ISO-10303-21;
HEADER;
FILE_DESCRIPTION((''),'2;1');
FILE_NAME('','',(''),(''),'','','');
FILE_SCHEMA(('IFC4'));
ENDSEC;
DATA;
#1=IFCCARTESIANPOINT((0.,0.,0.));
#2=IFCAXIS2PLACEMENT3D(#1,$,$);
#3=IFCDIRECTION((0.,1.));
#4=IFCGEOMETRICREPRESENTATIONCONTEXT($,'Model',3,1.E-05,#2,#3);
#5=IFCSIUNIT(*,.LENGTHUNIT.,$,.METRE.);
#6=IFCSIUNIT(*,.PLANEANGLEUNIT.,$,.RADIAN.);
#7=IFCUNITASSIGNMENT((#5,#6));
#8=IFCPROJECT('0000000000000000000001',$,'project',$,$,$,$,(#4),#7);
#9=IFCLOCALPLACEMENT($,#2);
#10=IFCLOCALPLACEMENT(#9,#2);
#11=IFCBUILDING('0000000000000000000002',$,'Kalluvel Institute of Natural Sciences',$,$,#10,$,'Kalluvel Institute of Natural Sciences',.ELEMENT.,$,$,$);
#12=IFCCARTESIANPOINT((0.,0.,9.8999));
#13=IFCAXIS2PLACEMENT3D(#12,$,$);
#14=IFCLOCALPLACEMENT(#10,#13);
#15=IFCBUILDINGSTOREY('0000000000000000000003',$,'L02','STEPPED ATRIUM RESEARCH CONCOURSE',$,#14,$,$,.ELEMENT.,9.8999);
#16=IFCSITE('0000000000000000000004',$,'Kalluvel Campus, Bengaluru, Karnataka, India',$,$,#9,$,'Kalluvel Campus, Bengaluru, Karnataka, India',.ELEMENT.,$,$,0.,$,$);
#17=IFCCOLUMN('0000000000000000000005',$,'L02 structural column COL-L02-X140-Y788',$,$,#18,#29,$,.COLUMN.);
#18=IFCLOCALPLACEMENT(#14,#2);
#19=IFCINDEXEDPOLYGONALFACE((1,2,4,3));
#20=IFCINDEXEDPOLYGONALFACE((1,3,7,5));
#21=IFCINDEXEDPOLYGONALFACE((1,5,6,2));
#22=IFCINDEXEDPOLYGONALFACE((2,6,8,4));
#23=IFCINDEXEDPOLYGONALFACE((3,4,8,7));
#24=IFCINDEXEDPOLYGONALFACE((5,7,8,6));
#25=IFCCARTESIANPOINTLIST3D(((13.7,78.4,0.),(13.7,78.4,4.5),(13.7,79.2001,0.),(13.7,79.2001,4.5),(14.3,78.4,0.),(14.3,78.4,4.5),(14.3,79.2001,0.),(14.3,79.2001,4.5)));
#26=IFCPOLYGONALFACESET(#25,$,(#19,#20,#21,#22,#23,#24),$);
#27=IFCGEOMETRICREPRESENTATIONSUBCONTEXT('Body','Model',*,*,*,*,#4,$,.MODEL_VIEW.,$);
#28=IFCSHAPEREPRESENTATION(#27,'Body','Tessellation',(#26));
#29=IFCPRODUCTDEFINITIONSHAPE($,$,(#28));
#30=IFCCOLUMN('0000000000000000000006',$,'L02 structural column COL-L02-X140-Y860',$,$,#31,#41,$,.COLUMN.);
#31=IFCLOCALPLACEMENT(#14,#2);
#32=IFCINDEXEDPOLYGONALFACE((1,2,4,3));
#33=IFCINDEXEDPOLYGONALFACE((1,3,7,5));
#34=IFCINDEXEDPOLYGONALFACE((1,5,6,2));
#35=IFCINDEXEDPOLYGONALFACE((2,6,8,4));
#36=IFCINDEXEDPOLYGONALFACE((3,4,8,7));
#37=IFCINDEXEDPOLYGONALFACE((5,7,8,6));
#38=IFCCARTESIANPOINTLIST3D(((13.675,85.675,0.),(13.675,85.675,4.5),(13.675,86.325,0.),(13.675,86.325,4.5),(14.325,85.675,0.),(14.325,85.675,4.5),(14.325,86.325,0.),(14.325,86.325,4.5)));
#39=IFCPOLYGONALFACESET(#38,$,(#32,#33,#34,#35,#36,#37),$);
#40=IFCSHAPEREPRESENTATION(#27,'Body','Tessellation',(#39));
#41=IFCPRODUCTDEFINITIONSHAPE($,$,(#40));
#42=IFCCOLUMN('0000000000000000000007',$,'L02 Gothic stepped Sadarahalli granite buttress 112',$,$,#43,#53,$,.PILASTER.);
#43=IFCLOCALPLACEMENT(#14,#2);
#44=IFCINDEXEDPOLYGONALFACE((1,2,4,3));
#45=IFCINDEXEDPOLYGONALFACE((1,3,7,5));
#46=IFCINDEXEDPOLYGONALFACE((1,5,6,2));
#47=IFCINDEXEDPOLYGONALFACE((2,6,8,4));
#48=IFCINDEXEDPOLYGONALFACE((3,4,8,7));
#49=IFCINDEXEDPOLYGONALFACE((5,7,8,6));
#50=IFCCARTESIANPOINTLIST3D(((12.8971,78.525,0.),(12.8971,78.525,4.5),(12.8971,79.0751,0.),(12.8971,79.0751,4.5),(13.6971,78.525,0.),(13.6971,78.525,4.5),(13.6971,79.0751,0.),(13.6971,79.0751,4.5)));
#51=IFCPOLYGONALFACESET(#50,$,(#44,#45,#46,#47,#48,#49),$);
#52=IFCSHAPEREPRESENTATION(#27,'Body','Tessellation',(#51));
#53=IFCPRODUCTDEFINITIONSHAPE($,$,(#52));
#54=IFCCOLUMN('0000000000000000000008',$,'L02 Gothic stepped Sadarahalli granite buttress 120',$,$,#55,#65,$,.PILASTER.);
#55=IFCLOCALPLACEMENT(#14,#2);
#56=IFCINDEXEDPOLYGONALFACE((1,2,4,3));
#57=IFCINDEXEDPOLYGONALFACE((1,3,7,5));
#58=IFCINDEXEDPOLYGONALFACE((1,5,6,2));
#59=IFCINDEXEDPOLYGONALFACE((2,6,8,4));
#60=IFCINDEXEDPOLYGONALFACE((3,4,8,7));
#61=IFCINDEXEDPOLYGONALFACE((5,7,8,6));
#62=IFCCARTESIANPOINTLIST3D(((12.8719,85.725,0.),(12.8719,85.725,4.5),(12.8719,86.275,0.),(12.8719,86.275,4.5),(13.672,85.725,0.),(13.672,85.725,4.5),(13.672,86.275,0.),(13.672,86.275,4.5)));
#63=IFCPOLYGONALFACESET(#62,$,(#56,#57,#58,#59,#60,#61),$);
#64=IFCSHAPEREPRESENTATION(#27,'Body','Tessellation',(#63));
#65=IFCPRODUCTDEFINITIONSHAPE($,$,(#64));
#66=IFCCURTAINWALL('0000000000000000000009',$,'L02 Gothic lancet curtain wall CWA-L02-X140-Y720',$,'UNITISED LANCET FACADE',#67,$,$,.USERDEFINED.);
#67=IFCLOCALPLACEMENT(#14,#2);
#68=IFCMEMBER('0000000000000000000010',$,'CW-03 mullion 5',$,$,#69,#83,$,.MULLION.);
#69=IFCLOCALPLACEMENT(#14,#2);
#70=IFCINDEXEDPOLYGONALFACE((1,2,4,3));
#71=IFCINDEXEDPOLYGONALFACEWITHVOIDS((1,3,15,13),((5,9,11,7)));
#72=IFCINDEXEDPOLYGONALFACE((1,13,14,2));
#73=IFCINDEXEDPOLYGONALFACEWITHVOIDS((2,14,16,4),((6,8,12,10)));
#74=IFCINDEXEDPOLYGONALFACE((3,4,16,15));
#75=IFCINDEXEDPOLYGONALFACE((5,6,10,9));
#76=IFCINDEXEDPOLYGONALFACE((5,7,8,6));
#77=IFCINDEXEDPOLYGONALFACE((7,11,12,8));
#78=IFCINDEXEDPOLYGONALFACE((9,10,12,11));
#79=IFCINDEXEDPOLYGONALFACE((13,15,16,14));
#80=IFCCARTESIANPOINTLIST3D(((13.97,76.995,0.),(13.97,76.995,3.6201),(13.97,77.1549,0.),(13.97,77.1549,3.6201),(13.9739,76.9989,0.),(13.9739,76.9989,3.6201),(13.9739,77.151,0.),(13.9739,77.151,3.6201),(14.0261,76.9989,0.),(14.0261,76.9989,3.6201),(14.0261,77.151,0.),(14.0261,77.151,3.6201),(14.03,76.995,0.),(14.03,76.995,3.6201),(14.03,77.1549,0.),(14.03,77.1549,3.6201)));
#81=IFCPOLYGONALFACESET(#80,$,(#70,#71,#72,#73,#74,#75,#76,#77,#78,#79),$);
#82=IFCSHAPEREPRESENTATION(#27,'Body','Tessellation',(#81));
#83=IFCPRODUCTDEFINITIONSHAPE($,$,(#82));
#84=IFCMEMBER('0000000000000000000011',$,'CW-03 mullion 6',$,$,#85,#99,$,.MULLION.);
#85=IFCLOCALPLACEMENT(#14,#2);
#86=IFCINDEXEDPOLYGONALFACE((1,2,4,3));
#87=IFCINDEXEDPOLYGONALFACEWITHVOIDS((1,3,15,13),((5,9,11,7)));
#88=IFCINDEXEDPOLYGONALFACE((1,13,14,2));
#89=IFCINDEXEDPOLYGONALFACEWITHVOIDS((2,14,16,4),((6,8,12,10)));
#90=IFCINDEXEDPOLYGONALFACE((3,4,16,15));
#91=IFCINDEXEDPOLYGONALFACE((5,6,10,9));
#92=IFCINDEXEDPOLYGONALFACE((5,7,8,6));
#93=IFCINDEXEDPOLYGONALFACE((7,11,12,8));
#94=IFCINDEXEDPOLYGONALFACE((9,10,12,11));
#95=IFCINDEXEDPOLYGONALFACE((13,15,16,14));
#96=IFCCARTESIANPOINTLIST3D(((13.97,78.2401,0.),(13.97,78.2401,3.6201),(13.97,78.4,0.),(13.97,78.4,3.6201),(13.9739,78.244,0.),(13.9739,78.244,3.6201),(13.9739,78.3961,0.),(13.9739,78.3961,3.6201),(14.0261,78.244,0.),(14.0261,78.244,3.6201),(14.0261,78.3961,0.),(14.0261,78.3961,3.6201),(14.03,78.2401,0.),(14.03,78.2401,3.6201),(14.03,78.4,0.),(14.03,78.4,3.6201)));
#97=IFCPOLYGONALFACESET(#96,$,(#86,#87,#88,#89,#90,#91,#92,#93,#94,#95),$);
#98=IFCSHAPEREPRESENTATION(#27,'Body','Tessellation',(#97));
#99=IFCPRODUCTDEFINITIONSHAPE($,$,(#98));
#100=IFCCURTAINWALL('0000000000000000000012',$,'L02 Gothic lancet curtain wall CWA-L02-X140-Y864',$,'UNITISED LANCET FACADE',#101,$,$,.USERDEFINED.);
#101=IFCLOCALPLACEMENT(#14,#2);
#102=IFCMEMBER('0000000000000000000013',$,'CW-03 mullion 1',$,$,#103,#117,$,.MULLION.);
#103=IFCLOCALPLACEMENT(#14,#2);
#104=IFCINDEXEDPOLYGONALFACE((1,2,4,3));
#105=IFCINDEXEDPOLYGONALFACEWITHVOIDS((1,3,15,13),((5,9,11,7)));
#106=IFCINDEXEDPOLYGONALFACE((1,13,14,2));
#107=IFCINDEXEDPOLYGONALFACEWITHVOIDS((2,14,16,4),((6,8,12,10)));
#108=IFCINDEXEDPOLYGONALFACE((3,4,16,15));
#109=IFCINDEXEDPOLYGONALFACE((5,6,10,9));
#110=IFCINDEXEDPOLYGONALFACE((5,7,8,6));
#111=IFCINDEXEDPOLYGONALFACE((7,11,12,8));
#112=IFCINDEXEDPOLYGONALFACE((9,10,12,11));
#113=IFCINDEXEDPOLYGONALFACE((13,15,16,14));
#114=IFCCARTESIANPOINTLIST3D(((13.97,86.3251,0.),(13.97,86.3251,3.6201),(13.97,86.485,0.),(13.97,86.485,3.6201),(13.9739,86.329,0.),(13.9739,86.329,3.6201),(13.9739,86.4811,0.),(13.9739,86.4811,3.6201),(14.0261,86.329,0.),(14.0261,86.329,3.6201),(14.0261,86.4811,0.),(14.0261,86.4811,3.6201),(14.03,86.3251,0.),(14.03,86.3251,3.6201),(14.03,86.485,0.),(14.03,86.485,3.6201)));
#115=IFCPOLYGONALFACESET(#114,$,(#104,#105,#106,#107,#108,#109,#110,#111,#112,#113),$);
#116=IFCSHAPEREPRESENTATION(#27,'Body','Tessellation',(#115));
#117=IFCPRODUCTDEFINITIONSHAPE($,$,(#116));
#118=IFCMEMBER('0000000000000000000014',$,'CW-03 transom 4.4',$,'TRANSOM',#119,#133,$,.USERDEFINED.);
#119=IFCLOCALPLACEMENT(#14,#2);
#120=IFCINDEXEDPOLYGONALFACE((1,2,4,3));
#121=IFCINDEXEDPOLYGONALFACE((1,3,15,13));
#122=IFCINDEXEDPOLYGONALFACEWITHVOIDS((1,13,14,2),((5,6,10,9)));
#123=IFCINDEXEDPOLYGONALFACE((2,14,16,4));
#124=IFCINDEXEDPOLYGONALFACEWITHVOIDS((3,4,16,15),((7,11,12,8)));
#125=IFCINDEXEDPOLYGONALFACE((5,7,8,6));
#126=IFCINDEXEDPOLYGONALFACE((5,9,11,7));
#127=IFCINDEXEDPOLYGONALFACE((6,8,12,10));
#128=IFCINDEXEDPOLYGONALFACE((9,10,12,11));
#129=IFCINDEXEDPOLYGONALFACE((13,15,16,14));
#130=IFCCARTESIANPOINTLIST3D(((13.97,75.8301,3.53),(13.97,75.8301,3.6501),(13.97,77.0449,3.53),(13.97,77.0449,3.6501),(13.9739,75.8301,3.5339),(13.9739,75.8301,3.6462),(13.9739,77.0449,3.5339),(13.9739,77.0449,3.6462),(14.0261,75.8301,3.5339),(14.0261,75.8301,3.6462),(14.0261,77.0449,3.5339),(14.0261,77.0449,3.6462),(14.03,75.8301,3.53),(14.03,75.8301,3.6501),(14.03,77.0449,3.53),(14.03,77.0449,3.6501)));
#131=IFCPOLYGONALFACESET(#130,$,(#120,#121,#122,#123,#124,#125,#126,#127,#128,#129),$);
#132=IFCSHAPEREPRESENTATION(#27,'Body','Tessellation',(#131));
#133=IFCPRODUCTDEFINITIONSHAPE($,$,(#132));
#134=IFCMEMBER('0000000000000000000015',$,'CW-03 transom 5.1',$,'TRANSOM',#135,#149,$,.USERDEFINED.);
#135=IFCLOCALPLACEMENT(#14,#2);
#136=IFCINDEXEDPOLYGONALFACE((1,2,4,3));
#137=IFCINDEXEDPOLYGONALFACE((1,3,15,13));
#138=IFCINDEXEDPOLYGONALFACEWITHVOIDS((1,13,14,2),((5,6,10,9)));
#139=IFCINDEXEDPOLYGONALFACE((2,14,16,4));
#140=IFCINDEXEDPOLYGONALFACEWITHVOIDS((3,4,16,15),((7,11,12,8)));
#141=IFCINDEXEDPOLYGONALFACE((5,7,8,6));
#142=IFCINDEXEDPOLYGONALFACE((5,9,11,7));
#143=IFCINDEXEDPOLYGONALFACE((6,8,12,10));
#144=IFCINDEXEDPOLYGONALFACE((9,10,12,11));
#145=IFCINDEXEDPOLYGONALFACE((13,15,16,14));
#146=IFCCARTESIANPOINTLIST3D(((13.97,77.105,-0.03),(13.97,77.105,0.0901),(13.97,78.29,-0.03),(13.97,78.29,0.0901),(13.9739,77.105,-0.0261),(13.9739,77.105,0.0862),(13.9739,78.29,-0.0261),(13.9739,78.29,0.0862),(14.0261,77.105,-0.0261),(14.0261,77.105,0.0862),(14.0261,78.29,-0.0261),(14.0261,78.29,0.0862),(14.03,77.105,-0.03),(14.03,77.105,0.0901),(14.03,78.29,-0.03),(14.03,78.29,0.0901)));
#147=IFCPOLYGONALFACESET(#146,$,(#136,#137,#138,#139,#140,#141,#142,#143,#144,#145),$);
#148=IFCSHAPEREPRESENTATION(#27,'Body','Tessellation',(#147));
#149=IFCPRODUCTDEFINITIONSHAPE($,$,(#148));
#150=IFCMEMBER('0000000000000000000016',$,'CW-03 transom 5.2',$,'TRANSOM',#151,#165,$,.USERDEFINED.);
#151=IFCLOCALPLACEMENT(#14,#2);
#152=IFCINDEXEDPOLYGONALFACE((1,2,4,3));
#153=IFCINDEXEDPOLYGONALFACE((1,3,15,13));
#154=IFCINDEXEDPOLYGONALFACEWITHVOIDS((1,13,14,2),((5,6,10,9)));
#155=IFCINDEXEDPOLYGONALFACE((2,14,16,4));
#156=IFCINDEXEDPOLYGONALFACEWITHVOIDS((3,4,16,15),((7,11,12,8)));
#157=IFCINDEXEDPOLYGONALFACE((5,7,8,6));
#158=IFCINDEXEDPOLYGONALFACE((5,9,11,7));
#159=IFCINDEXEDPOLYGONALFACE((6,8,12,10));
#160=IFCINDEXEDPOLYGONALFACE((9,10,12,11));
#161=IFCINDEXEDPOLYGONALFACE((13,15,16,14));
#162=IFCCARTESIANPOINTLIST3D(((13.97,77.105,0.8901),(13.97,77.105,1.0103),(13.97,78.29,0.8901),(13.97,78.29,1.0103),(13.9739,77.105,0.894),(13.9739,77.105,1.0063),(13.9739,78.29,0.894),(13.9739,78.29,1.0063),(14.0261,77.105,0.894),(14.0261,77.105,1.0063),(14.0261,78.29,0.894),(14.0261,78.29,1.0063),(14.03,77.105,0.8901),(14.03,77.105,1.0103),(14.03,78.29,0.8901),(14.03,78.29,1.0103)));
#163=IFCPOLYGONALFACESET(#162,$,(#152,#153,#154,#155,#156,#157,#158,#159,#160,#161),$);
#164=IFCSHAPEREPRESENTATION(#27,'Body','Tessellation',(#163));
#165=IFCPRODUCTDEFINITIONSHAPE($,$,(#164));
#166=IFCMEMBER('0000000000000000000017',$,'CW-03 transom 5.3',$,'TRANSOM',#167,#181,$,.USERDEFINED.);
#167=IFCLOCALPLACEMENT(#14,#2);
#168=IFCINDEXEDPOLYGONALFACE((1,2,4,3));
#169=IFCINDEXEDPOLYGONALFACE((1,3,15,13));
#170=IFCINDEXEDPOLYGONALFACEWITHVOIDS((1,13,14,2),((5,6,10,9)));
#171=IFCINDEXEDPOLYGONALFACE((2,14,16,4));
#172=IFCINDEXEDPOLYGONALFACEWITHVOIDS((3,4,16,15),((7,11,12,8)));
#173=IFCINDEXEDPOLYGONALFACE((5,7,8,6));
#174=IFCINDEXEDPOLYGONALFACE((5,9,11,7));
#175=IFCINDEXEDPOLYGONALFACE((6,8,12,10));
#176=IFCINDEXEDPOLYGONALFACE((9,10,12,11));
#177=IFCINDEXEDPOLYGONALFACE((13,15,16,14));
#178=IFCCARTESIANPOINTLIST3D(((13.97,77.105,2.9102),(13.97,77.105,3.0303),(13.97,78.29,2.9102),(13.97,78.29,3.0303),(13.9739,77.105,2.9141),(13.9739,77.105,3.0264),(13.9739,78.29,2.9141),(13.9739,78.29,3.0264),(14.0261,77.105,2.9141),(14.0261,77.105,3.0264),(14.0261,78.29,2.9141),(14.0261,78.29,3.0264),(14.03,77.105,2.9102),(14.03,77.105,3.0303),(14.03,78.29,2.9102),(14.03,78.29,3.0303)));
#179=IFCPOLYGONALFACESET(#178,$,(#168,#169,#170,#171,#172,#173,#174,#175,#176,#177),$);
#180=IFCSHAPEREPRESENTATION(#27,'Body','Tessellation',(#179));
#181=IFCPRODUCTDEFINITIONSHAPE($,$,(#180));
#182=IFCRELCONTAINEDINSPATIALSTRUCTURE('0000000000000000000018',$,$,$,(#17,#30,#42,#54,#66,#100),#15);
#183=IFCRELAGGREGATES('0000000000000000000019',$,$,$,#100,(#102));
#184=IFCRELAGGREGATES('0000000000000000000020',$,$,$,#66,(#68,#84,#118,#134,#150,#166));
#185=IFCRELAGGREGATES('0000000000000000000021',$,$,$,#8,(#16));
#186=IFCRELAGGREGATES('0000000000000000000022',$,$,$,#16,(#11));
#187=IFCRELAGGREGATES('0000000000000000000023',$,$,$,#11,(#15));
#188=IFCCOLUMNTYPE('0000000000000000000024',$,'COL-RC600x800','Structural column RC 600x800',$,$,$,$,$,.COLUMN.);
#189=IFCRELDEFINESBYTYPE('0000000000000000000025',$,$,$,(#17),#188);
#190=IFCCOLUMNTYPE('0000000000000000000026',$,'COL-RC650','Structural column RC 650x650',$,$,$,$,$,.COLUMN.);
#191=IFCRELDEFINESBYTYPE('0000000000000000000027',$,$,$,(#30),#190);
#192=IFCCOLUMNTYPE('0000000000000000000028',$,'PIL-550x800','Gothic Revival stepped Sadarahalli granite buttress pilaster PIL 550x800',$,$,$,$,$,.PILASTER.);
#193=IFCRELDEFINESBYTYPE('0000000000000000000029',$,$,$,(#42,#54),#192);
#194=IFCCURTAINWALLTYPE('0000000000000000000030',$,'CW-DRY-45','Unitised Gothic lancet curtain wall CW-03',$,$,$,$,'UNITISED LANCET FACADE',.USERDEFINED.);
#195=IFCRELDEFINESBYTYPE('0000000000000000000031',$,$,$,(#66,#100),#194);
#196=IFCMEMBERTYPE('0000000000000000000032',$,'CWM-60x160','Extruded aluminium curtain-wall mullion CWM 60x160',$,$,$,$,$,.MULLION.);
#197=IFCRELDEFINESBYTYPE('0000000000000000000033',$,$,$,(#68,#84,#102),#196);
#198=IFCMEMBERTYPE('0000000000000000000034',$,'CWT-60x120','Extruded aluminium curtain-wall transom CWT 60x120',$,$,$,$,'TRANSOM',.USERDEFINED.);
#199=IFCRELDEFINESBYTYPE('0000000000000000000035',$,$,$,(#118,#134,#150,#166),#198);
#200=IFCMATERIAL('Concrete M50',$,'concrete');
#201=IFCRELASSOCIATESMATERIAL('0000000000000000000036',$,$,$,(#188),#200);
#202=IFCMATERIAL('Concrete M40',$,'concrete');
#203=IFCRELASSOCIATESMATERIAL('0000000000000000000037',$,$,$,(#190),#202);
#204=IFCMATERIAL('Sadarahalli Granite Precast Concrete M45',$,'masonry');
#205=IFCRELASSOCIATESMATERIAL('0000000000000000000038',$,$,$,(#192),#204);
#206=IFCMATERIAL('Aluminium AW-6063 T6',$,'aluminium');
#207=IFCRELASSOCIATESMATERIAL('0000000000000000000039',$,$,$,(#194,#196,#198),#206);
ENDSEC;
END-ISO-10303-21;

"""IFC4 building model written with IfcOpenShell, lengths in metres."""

from ifc_helpers import new_model, si_unit, direction, frame, origin, origin_2d, place, context, subcontext, project, spatial, rectangle, hollow_rectangle, extrude, material, material_profile, profile_set, type_object, element, aggregate, save


model = new_model("IFC4")

# Units and contexts
model_context = context("Model", 3, precision=1e-05, world=origin(), true_north=direction((0.0, 1.0)))
body_context = subcontext(model_context, "Body", "Model", "MODEL_VIEW")
ifc_project = project(units=[si_unit("LENGTHUNIT", "METRE"), si_unit("PLANEANGLEUNIT", "RADIAN")], contexts=[model_context])

# Site, building, storey
site_placement = place(None, origin())
site = spatial("IfcSite", under=ifc_project, at=site_placement, Name="Kalluvel Campus, Bengaluru, Karnataka, India", LongName="Kalluvel Campus, Bengaluru, Karnataka, India", CompositionType="ELEMENT", RefElevation=0.0)
building_placement = place(site_placement, origin())
building = spatial("IfcBuilding", under=site, at=building_placement, Name="Kalluvel Institute of Natural Sciences", LongName="Kalluvel Institute of Natural Sciences", CompositionType="ELEMENT")
storey_placement = place(building_placement, frame((0.0, 0.0, 9.8999)))
storey = spatial("IfcBuildingStorey", under=building, at=storey_placement, Name="L02", Description="STEPPED ATRIUM RESEARCH CONCOURSE", CompositionType="ELEMENT", Elevation=9.8999)

# Columns
ifc_material_1 = material(Name="Concrete M50", Category="concrete")
ifc_material_profile_1 = material_profile(ifc_material_1, rectangle(XDim=0.6001, YDim=0.8, at=origin_2d()), Name="RC 600x800")
ifc_profile_set_1 = profile_set([ifc_material_profile_1], Name="Concrete M50")
column_type_1 = type_object("IfcColumnType", Name="COL-RC600x800", Description="Structural column RC 600x800", PredefinedType="COLUMN", material=ifc_profile_set_1)
column_1_placement = place(storey_placement, frame((14.0, 78.8, 0.0), z_axis=(0.0, 0.0, 1.0), x_axis=(1.0, 0.0, 0.0)))
element("IfcColumn", 1, at=column_1_placement, inside=storey, type_object=column_type_1, Name="L02 structural column COL-L02-X140-Y788", PredefinedType="COLUMN", context=body_context, shape_type="SweptSolid", body=[
    extrude(rectangle(XDim=0.6001, YDim=0.8, at=origin_2d()), origin(), (0.0, 0.0, 1.0), 4.5),
])
ifc_material_2 = material(Name="Concrete M40", Category="concrete")
ifc_material_profile_2 = material_profile(ifc_material_2, rectangle(XDim=0.6499, YDim=0.6499, at=origin_2d()), Name="RC 650x650")
ifc_profile_set_2 = profile_set([ifc_material_profile_2], Name="Concrete M40")
column_type_2 = type_object("IfcColumnType", Name="COL-RC650", Description="Structural column RC 650x650", PredefinedType="COLUMN", material=ifc_profile_set_2)
column_2_placement = place(storey_placement, frame((14.0, 86.0, 0.0), z_axis=(0.0, 0.0, 1.0), x_axis=(1.0, 0.0, 0.0)))
element("IfcColumn", 2, at=column_2_placement, inside=storey, type_object=column_type_2, Name="L02 structural column COL-L02-X140-Y860", PredefinedType="COLUMN", context=body_context, shape_type="SweptSolid", body=[
    extrude(rectangle(XDim=0.6499, YDim=0.6499, at=origin_2d()), origin(), (0.0, 0.0, 1.0), 4.5),
])
ifc_material_3 = material(Name="Sadarahalli Granite Precast Concrete M45", Category="masonry")
ifc_material_profile_3 = material_profile(ifc_material_3, rectangle(XDim=0.55, YDim=0.8, at=origin_2d()), Name="PIL 550x800")
ifc_profile_set_3 = profile_set([ifc_material_profile_3], Name="Sadarahalli Granite Precast Concrete M45")
column_type_3 = type_object("IfcColumnType", Name="PIL-550x800", Description="Gothic Revival stepped Sadarahalli granite buttress pilaster PIL 550x800", PredefinedType="PILASTER", material=ifc_profile_set_3)
for number, where, z_axis, x_axis, name in (
    (3, (13.2971, 78.8, 0.0), (0.0, 0.0, 1.0), (0.0, 1.0, 0.0), "L02 Gothic stepped Sadarahalli granite buttress 112"),
    (4, (13.272, 86.0, 0.0), (0.0, 0.0, 1.0), (0.0, 1.0, 0.0), "L02 Gothic stepped Sadarahalli granite buttress 120"),
):
    element("IfcColumn", number, at=place(storey_placement, frame(where, z_axis=z_axis, x_axis=x_axis)), inside=storey, type_object=column_type_3, Name=name, PredefinedType="PILASTER", context=body_context, shape_type="SweptSolid", body=[
        extrude(rectangle(XDim=0.55, YDim=0.8, at=origin_2d()), origin(), (0.0, 0.0, 1.0), 4.5),
    ])

# Curtain wall, members
ifc_material_4 = material(Name="Aluminium AW-6063 T6", Category="aluminium")
curtain_wall_type = type_object("IfcCurtainWallType", Name="CW-DRY-45", Description="Unitised Gothic lancet curtain wall CW-03", ElementType="UNITISED LANCET FACADE", PredefinedType="USERDEFINED", material=ifc_material_4)
curtain_wall_1_placement = place(storey_placement, origin())
curtain_wall_1 = element("IfcCurtainWall", 5, at=curtain_wall_1_placement, inside=storey, type_object=curtain_wall_type, Name="L02 Gothic lancet curtain wall CWA-L02-X140-Y720", ObjectType="UNITISED LANCET FACADE", PredefinedType="USERDEFINED")
ifc_material_profile_4 = material_profile(ifc_material_4, hollow_rectangle(XDim=0.0601, YDim=0.1599, WallThickness=0.0039, at=origin_2d()), Name="CWM 60x160")
ifc_profile_set_4 = profile_set([ifc_material_profile_4], Name="Aluminium AW-6063 T6")
member_type_1 = type_object("IfcMemberType", Name="CWM-60x160", Description="Extruded aluminium curtain-wall mullion CWM 60x160", PredefinedType="MULLION", material=ifc_profile_set_4)
member_1_placement = place(storey_placement, frame((14.0, 77.075, 0.0), z_axis=(0.0, 0.0, 1.0), x_axis=(-1.0, 0.0, 0.0)))
member_1 = element("IfcMember", 6, at=member_1_placement, type_object=member_type_1, Name="CW-03 mullion 5", PredefinedType="MULLION", context=body_context, shape_type="SweptSolid", body=[
    extrude(hollow_rectangle(XDim=0.0601, YDim=0.1599, WallThickness=0.0039, at=origin_2d()), origin(), (0.0, 0.0, 1.0), 3.6201),
])
member_2_placement = place(storey_placement, frame((14.0, 78.3201, 0.0), z_axis=(0.0, 0.0, 1.0), x_axis=(-1.0, 0.0, 0.0)))
member_2 = element("IfcMember", 7, at=member_2_placement, type_object=member_type_1, Name="CW-03 mullion 6", PredefinedType="MULLION", context=body_context, shape_type="SweptSolid", body=[
    extrude(hollow_rectangle(XDim=0.0601, YDim=0.1599, WallThickness=0.0039, at=origin_2d()), origin(), (0.0, 0.0, 1.0), 3.6201),
])

# Curtain wall, member
curtain_wall_2_placement = place(storey_placement, origin())
curtain_wall_2 = element("IfcCurtainWall", 8, at=curtain_wall_2_placement, inside=storey, type_object=curtain_wall_type, Name="L02 Gothic lancet curtain wall CWA-L02-X140-Y864", ObjectType="UNITISED LANCET FACADE", PredefinedType="USERDEFINED")
member_3_placement = place(storey_placement, frame((14.0, 86.405, 0.0), z_axis=(0.0, 0.0, 1.0), x_axis=(-1.0, 0.0, 0.0)))
member_3 = element("IfcMember", 9, at=member_3_placement, type_object=member_type_1, Name="CW-03 mullion 1", PredefinedType="MULLION", context=body_context, shape_type="SweptSolid", body=[
    extrude(hollow_rectangle(XDim=0.0601, YDim=0.1599, WallThickness=0.0039, at=origin_2d()), origin(), (0.0, 0.0, 1.0), 3.6201),
])

# Members
ifc_material_profile_5 = material_profile(ifc_material_4, hollow_rectangle(XDim=0.0601, YDim=0.1201, WallThickness=0.0039, at=origin_2d()), Name="CWT 60x120")
ifc_profile_set_5 = profile_set([ifc_material_profile_5], Name="Aluminium AW-6063 T6")
member_type_2 = type_object("IfcMemberType", Name="CWT-60x120", Description="Extruded aluminium curtain-wall transom CWT 60x120", ElementType="TRANSOM", PredefinedType="USERDEFINED", material=ifc_profile_set_5)
member_4_placement = place(storey_placement, frame((14.0, 75.8301, 3.5901), z_axis=(0.0, 1.0, 0.0), x_axis=(-1.0, 0.0, 0.0)))
member_4 = element("IfcMember", 10, at=member_4_placement, type_object=member_type_2, Name="CW-03 transom 4.4", ObjectType="TRANSOM", PredefinedType="USERDEFINED", context=body_context, shape_type="SweptSolid", body=[
    extrude(hollow_rectangle(XDim=0.0601, YDim=0.1201, WallThickness=0.0039, at=origin_2d()), origin(), (0.0, 0.0, 1.0), 1.2148),
])
member_5_placement = place(storey_placement, frame((14.0, 77.105, 0.03), z_axis=(0.0, 1.0, 0.0), x_axis=(-1.0, 0.0, 0.0)))
member_5 = element("IfcMember", 11, at=member_5_placement, type_object=member_type_2, Name="CW-03 transom 5.1", ObjectType="TRANSOM", PredefinedType="USERDEFINED", context=body_context, shape_type="SweptSolid", body=[
    extrude(hollow_rectangle(XDim=0.0601, YDim=0.1201, WallThickness=0.0039, at=origin_2d()), origin(), (0.0, 0.0, 1.0), 1.1851),
])
member_6_placement = place(storey_placement, frame((14.0, 77.105, 0.9502), z_axis=(0.0, 1.0, 0.0), x_axis=(-1.0, 0.0, 0.0)))
member_6 = element("IfcMember", 12, at=member_6_placement, type_object=member_type_2, Name="CW-03 transom 5.2", ObjectType="TRANSOM", PredefinedType="USERDEFINED", context=body_context, shape_type="SweptSolid", body=[
    extrude(hollow_rectangle(XDim=0.0601, YDim=0.1201, WallThickness=0.0039, at=origin_2d()), origin(), (0.0, 0.0, 1.0), 1.1851),
])
member_7_placement = place(storey_placement, frame((14.0, 77.105, 2.9702), z_axis=(0.0, 1.0, 0.0), x_axis=(-1.0, 0.0, 0.0)))
member_7 = element("IfcMember", 13, at=member_7_placement, type_object=member_type_2, Name="CW-03 transom 5.3", ObjectType="TRANSOM", PredefinedType="USERDEFINED", context=body_context, shape_type="SweptSolid", body=[
    extrude(hollow_rectangle(XDim=0.0601, YDim=0.1201, WallThickness=0.0039, at=origin_2d()), origin(), (0.0, 0.0, 1.0), 1.1851),
])
aggregate(curtain_wall_2, [member_3])

aggregate(curtain_wall_1, [member_1, member_2, member_4, member_5, member_6, member_7])

save(model, "model.ifc")
